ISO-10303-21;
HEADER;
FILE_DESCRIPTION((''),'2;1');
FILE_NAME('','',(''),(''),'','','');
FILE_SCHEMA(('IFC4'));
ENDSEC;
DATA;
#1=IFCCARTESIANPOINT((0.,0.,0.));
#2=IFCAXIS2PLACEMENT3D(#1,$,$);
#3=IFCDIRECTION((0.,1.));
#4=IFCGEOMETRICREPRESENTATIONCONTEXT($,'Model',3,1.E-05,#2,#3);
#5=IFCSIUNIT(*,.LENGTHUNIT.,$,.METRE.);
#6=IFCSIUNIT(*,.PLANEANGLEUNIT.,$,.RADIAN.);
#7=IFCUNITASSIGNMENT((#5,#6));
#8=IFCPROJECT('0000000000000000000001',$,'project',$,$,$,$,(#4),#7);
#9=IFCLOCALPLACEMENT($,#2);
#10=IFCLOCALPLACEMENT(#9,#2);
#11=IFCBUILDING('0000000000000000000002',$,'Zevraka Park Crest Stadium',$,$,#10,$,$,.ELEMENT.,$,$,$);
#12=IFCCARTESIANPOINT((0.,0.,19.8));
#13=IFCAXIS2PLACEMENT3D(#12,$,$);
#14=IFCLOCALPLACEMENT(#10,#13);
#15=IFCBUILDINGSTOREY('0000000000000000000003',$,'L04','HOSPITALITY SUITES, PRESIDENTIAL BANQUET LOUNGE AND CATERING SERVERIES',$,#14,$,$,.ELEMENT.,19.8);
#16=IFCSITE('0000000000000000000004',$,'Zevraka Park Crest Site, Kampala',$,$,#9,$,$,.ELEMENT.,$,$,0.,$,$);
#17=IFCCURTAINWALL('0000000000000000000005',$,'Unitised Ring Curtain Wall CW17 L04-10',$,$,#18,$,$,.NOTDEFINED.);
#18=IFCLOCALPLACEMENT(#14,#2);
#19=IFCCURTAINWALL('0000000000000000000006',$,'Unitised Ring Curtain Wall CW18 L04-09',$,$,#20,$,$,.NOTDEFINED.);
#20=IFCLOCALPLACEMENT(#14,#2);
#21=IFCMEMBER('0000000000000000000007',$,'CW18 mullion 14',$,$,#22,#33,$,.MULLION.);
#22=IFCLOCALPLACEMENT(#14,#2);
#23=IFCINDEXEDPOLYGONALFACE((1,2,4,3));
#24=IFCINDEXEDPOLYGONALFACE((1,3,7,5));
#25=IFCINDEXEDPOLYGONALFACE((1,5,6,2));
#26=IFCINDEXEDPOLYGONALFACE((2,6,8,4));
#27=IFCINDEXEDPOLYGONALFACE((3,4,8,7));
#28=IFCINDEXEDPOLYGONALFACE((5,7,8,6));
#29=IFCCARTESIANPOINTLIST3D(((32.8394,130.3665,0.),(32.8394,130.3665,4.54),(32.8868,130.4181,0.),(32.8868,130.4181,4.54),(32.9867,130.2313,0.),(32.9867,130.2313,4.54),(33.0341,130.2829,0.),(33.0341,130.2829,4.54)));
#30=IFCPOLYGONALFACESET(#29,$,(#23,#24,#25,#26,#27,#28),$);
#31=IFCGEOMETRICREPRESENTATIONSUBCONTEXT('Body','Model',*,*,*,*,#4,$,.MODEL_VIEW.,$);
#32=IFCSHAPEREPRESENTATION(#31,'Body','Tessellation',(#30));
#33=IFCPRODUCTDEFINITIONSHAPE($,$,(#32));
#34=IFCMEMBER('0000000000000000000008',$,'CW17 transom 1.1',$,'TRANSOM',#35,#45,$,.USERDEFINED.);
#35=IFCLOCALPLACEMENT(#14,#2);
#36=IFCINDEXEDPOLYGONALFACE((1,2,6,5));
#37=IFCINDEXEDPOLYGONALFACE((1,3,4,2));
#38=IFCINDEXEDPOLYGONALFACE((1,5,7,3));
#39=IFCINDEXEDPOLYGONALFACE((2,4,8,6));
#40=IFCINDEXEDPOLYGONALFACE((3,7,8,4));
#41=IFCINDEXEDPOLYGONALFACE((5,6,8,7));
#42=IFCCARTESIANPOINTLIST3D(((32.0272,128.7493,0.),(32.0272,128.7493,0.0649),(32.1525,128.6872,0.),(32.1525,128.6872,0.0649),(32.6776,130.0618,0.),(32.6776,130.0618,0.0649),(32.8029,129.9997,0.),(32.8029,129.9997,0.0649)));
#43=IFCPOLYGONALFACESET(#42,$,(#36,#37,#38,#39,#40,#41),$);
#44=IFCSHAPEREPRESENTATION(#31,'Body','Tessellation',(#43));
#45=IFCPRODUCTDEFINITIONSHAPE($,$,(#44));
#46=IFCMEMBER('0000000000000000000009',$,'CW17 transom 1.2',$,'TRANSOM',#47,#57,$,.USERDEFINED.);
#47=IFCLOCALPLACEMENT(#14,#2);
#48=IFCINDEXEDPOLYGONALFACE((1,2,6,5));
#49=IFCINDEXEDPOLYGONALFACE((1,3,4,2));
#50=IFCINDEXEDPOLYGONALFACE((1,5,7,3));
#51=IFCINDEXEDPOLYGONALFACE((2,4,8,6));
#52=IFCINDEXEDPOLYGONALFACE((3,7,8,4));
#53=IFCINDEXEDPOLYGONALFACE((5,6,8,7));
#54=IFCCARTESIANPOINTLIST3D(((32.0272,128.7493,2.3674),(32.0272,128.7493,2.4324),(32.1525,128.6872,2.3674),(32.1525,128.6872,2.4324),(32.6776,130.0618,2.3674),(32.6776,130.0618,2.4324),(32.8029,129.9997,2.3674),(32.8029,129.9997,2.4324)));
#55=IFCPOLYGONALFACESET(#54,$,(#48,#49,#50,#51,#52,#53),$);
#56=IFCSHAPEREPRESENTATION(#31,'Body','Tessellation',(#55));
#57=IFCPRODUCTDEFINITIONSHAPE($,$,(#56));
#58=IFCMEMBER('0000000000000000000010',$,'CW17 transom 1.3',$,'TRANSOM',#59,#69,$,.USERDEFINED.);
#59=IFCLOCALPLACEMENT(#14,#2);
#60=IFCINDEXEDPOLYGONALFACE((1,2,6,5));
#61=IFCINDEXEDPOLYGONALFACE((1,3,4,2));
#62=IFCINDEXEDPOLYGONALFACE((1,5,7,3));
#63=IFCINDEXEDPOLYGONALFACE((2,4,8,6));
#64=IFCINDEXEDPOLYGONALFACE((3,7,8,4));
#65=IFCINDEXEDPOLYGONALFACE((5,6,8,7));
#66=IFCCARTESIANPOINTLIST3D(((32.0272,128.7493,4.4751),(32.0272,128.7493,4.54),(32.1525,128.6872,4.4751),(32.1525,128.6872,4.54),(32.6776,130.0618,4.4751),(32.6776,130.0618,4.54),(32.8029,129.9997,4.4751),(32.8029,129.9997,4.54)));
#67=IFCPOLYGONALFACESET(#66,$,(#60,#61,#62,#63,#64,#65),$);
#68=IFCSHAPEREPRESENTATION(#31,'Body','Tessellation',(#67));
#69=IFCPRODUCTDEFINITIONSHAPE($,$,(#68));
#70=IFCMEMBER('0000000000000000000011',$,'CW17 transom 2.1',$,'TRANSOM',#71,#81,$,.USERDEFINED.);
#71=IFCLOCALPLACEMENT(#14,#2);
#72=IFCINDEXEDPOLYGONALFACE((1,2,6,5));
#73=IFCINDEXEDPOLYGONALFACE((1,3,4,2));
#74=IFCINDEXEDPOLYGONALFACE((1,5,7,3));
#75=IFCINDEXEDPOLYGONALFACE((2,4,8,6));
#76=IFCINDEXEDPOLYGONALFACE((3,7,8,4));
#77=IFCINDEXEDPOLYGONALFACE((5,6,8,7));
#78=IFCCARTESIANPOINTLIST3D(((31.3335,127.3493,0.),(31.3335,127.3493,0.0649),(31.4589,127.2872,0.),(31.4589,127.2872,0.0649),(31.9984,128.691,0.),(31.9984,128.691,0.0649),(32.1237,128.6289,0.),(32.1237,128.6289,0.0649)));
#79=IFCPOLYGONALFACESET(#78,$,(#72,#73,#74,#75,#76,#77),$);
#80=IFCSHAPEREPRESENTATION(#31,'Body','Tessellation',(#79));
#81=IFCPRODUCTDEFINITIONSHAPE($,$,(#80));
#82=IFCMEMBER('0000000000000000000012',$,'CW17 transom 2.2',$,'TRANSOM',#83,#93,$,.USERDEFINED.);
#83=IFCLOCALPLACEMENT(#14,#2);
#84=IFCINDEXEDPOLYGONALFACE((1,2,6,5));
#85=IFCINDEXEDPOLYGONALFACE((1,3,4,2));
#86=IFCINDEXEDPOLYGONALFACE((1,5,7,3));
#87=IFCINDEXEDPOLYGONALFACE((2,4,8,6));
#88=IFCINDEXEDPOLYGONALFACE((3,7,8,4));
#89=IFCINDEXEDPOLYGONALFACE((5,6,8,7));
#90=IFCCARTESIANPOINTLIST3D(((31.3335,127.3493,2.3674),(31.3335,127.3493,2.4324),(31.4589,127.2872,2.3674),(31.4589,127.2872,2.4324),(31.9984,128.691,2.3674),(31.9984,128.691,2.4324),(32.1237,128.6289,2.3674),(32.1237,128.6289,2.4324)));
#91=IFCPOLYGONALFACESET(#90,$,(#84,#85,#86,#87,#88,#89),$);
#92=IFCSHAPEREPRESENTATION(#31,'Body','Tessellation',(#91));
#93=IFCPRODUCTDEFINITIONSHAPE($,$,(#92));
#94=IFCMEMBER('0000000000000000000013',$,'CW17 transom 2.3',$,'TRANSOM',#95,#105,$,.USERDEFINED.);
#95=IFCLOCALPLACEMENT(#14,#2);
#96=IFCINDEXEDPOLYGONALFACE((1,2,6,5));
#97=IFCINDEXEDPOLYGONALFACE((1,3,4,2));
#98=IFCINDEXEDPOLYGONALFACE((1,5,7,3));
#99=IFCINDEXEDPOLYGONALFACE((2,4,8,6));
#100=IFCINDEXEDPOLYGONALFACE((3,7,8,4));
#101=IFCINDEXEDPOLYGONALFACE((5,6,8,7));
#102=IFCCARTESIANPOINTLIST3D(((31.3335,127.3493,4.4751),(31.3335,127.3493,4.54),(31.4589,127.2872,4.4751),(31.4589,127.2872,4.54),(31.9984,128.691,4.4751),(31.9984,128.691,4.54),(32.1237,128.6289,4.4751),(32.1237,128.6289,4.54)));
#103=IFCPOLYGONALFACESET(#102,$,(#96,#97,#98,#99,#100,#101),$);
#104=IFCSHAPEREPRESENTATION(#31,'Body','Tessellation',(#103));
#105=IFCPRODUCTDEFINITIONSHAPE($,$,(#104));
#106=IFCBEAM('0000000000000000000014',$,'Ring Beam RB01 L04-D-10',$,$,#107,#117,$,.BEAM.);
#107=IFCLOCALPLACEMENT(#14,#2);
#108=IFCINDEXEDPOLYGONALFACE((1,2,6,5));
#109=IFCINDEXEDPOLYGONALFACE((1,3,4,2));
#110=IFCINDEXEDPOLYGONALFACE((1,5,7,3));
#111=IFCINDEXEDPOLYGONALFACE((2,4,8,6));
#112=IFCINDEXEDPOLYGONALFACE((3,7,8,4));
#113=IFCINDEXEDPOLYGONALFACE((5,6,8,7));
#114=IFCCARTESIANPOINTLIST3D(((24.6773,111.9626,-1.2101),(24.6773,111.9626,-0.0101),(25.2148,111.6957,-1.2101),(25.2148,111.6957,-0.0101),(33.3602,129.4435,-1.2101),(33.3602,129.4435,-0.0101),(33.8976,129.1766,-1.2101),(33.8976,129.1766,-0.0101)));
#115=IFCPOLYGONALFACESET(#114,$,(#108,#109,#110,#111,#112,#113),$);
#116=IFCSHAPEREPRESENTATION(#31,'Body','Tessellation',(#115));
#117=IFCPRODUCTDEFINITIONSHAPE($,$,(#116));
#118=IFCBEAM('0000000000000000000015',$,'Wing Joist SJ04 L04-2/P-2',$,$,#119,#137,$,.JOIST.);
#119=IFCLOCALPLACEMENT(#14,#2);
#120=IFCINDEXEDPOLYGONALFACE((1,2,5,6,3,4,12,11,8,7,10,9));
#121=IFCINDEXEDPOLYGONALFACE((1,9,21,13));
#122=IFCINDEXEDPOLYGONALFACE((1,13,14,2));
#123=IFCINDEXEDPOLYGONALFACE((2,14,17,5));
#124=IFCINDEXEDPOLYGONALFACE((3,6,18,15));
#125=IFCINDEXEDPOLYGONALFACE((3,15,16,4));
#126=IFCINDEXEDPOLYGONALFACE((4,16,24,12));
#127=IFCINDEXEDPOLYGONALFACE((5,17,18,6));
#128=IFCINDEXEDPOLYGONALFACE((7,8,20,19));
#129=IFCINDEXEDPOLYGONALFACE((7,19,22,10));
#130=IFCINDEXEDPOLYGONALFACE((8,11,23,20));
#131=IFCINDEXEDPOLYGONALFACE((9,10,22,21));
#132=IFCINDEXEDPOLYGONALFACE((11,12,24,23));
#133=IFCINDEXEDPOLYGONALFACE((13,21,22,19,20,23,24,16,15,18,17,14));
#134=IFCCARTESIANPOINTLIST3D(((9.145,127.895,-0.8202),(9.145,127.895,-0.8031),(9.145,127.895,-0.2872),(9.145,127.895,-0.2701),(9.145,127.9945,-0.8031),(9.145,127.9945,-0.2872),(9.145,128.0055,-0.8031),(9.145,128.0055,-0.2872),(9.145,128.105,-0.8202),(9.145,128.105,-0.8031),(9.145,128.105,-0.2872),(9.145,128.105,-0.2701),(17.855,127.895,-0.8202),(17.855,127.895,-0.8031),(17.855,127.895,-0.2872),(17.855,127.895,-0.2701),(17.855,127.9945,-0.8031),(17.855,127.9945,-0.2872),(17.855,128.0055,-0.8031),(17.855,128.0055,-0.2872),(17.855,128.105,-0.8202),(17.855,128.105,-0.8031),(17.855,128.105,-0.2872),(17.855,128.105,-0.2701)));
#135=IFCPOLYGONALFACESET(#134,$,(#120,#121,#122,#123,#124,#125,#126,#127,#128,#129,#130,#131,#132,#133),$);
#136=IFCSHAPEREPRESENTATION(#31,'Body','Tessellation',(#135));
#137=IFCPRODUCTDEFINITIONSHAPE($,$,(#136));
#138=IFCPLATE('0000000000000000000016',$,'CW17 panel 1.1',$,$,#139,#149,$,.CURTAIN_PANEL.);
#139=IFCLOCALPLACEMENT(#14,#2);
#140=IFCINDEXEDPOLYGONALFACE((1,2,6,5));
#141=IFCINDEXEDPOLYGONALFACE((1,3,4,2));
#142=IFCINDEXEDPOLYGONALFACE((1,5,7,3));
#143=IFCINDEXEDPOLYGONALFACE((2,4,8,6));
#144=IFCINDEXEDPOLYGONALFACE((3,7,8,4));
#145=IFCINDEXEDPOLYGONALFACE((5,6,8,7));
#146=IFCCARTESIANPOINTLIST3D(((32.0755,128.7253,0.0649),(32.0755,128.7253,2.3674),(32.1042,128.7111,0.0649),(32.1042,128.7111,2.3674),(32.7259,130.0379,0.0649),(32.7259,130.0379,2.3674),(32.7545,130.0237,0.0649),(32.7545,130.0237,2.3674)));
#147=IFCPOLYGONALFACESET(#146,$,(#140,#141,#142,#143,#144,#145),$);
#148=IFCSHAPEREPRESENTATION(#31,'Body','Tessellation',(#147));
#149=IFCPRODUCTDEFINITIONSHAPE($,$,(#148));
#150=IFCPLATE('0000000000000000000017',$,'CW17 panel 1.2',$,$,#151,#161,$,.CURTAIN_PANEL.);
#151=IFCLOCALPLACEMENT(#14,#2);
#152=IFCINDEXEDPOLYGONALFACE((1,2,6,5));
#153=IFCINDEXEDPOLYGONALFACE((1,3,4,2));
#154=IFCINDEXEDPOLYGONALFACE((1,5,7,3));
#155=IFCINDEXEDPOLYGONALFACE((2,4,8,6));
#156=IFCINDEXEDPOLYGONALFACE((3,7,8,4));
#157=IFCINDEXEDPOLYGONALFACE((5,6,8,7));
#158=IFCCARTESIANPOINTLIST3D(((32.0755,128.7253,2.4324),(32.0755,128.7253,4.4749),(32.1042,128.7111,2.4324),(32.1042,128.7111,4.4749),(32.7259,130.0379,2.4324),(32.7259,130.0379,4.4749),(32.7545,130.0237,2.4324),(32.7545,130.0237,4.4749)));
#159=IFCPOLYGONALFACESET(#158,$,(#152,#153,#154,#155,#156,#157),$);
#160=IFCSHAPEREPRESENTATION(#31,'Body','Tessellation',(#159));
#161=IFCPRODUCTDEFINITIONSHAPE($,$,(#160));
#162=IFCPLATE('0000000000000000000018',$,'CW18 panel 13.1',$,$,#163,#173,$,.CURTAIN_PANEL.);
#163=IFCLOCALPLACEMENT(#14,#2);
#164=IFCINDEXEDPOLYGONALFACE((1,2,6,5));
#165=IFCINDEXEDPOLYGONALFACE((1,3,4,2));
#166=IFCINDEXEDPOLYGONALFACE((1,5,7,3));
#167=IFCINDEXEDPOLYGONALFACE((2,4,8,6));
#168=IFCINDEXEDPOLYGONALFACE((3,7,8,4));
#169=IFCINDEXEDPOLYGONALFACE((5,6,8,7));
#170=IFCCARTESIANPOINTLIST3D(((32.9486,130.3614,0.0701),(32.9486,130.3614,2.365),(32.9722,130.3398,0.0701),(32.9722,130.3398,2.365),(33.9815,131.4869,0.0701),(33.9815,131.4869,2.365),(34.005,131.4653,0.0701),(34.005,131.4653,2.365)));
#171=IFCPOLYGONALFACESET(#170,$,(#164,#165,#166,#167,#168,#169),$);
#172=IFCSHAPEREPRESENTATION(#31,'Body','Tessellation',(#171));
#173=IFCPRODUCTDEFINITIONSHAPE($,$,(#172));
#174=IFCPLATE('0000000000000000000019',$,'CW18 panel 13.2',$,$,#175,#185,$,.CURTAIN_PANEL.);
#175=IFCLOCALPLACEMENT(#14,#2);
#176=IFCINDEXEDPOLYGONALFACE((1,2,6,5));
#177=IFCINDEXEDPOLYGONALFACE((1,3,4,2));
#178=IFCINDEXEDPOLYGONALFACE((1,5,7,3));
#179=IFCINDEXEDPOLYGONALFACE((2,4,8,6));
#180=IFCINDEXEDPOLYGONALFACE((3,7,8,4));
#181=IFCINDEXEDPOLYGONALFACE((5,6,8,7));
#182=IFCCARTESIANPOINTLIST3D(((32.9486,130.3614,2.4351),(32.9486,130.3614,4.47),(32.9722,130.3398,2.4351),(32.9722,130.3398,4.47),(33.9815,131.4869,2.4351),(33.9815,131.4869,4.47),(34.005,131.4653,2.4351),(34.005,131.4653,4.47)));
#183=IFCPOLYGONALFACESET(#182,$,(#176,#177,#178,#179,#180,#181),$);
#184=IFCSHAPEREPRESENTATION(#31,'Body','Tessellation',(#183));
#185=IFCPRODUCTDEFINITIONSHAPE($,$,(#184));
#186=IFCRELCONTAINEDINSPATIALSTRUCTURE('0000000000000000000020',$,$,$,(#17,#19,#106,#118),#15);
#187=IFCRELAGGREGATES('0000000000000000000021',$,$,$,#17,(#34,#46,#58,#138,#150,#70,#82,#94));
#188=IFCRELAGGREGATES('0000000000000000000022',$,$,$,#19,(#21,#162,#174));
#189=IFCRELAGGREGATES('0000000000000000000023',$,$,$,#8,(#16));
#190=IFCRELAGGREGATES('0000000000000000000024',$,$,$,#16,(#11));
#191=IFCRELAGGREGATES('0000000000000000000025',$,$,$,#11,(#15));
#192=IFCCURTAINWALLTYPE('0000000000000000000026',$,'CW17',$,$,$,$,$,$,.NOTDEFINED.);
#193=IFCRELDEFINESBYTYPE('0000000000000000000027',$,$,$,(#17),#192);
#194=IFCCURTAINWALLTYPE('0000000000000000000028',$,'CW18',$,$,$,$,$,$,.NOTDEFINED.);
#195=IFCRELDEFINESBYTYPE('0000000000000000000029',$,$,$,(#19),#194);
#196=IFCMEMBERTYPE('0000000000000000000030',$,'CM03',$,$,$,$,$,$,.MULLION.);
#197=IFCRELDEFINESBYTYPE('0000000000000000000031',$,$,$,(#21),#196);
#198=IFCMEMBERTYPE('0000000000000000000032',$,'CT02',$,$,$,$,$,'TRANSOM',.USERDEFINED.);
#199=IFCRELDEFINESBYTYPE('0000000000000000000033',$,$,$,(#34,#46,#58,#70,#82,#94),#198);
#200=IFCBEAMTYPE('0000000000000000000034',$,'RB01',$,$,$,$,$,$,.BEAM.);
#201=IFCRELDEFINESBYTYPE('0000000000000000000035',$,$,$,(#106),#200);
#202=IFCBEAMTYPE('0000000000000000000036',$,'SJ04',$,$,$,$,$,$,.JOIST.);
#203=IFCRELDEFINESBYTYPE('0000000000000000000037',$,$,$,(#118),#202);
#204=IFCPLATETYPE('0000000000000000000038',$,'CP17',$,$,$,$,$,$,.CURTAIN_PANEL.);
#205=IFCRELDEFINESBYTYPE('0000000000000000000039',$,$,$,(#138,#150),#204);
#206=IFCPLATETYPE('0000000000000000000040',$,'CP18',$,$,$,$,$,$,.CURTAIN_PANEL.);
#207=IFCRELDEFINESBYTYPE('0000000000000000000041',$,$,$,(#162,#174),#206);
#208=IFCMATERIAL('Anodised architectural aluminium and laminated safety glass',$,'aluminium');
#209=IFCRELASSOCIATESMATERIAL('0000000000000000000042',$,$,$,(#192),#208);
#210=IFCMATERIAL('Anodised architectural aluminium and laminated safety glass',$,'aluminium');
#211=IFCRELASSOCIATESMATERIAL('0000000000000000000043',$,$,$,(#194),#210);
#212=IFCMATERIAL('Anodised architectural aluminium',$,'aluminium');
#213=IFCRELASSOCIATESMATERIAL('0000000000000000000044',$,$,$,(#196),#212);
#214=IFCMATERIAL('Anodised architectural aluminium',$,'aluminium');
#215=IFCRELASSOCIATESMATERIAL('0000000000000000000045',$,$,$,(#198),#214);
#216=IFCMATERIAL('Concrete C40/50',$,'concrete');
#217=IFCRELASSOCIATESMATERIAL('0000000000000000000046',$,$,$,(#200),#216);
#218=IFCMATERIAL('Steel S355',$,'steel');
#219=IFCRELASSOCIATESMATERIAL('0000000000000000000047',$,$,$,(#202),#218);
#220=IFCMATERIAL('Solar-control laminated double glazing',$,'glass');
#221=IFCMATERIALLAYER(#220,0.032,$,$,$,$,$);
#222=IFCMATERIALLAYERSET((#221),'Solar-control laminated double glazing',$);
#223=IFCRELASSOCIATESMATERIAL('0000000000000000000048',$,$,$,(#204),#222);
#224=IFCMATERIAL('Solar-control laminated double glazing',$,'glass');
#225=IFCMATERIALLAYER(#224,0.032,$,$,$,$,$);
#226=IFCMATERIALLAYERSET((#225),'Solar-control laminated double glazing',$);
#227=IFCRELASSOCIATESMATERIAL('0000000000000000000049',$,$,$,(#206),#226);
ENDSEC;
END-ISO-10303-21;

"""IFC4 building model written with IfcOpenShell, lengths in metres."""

from ifc_helpers import new_model, si_unit, direction, frame, origin, origin_2d, place, context, subcontext, project, spatial, rectangle, i_section, extrude, material, layer, layer_set, material_profile, profile_set, type_object, element, aggregate, save


model = new_model("IFC4")

# Units and contexts
model_context = context("Model", 3, precision=1e-05, world=origin(), true_north=direction((0.0, 1.0)))
body_context = subcontext(model_context, "Body", "Model", "MODEL_VIEW")
ifc_project = project(units=[si_unit("LENGTHUNIT", "METRE"), si_unit("PLANEANGLEUNIT", "RADIAN")], contexts=[model_context])

# Site, building, storey
site_placement = place(None, origin())
site = spatial("IfcSite", under=ifc_project, at=site_placement, Name="Zevraka Park Crest Site, Kampala", CompositionType="ELEMENT", RefElevation=0.0)
building_placement = place(site_placement, origin())
building = spatial("IfcBuilding", under=site, at=building_placement, Name="Zevraka Park Crest Stadium", CompositionType="ELEMENT")
storey_placement = place(building_placement, frame((0.0, 0.0, 19.8)))
storey = spatial("IfcBuildingStorey", under=building, at=storey_placement, Name="L04", Description="HOSPITALITY SUITES, PRESIDENTIAL BANQUET LOUNGE AND CATERING SERVERIES", CompositionType="ELEMENT", Elevation=19.8)

# Curtain wall
ifc_material_1 = material(Name="Anodised architectural aluminium and laminated safety glass", Category="aluminium")
curtain_wall_type_1 = type_object("IfcCurtainWallType", Name="CW17", PredefinedType="NOTDEFINED", material=ifc_material_1)
curtain_wall_1_placement = place(storey_placement, origin())
curtain_wall_1 = element("IfcCurtainWall", 1, at=curtain_wall_1_placement, inside=storey, type_object=curtain_wall_type_1, Name="Unitised Ring Curtain Wall CW17 L04-10", PredefinedType="NOTDEFINED")

# Curtain wall, member
ifc_material_2 = material(Name="Anodised architectural aluminium and laminated safety glass", Category="aluminium")
curtain_wall_type_2 = type_object("IfcCurtainWallType", Name="CW18", PredefinedType="NOTDEFINED", material=ifc_material_2)
curtain_wall_2_placement = place(storey_placement, origin())
curtain_wall_2 = element("IfcCurtainWall", 2, at=curtain_wall_2_placement, inside=storey, type_object=curtain_wall_type_2, Name="Unitised Ring Curtain Wall CW18 L04-09", PredefinedType="NOTDEFINED")
ifc_material_3 = material(Name="Anodised architectural aluminium", Category="aluminium")
ifc_material_profile_1 = material_profile(ifc_material_3, rectangle(XDim=0.2, YDim=0.0701, at=origin_2d()), Name="ALU MULLION 200x70")
ifc_profile_set_1 = profile_set([ifc_material_profile_1], Name="Anodised architectural aluminium")
member_type_1 = type_object("IfcMemberType", Name="CM03", PredefinedType="MULLION", material=ifc_profile_set_1)
member_1_placement = place(storey_placement, frame((32.9368, 130.3247, 0.0), z_axis=(0.0, 0.0, 1.0), x_axis=(0.736775, -0.676138, 0.0)))
member_1 = element("IfcMember", 3, at=member_1_placement, type_object=member_type_1, Name="CW18 mullion 14", PredefinedType="MULLION", context=body_context, shape_type="SweptSolid", body=[
    extrude(rectangle(XDim=0.2, YDim=0.0701, at=origin_2d()), origin(), (0.0, 0.0, 1.0), 4.54),
])

# Members
ifc_material_4 = material(Name="Anodised architectural aluminium", Category="aluminium")
ifc_material_profile_2 = material_profile(ifc_material_4, rectangle(XDim=0.1399, YDim=0.0649, at=origin_2d()), Name="ALU TRANSOM 140x65")
ifc_profile_set_2 = profile_set([ifc_material_profile_2], Name="Anodised architectural aluminium")
member_type_2 = type_object("IfcMemberType", Name="CT02", ElementType="TRANSOM", PredefinedType="USERDEFINED", material=ifc_profile_set_2)
member_2_placement = place(storey_placement, frame((32.7402, 130.0308, 0.0325), z_axis=(-0.444011, -0.896022, 0.0), x_axis=(0.896022, -0.444011, 0.0)))
member_2 = element("IfcMember", 4, at=member_2_placement, type_object=member_type_2, Name="CW17 transom 1.1", ObjectType="TRANSOM", PredefinedType="USERDEFINED", context=body_context, shape_type="SweptSolid", body=[
    extrude(rectangle(XDim=0.1399, YDim=0.0649, at=origin_2d()), origin(), (0.0, 0.0, 1.0), 1.4648),
])
member_3_placement = place(storey_placement, frame((32.7402, 130.0308, 2.3999), z_axis=(-0.444011, -0.896022, 0.0), x_axis=(0.896022, -0.444011, 0.0)))
member_3 = element("IfcMember", 5, at=member_3_placement, type_object=member_type_2, Name="CW17 transom 1.2", ObjectType="TRANSOM", PredefinedType="USERDEFINED", context=body_context, shape_type="SweptSolid", body=[
    extrude(rectangle(XDim=0.1399, YDim=0.0649, at=origin_2d()), origin(), (0.0, 0.0, 1.0), 1.4648),
])
member_4_placement = place(storey_placement, frame((32.7402, 130.0308, 4.5076), z_axis=(-0.444011, -0.896022, 0.0), x_axis=(0.896022, -0.444011, 0.0)))
member_4 = element("IfcMember", 6, at=member_4_placement, type_object=member_type_2, Name="CW17 transom 1.3", ObjectType="TRANSOM", PredefinedType="USERDEFINED", context=body_context, shape_type="SweptSolid", body=[
    extrude(rectangle(XDim=0.1399, YDim=0.0649, at=origin_2d()), origin(), (0.0, 0.0, 1.0), 1.4648),
])
member_5_placement = place(storey_placement, frame((32.061, 128.6599, 0.0325), z_axis=(-0.444015, -0.896019, 0.0), x_axis=(0.896019, -0.444015, 0.0)))
member_5 = element("IfcMember", 7, at=member_5_placement, type_object=member_type_2, Name="CW17 transom 2.1", ObjectType="TRANSOM", PredefinedType="USERDEFINED", context=body_context, shape_type="SweptSolid", body=[
    extrude(rectangle(XDim=0.1399, YDim=0.0649, at=origin_2d()), origin(), (0.0, 0.0, 1.0), 1.4973),
])
member_6_placement = place(storey_placement, frame((32.061, 128.6599, 2.3999), z_axis=(-0.444015, -0.896019, 0.0), x_axis=(0.896019, -0.444015, 0.0)))
member_6 = element("IfcMember", 8, at=member_6_placement, type_object=member_type_2, Name="CW17 transom 2.2", ObjectType="TRANSOM", PredefinedType="USERDEFINED", context=body_context, shape_type="SweptSolid", body=[
    extrude(rectangle(XDim=0.1399, YDim=0.0649, at=origin_2d()), origin(), (0.0, 0.0, 1.0), 1.4973),
])
member_7_placement = place(storey_placement, frame((32.061, 128.6599, 4.5076), z_axis=(-0.444015, -0.896019, 0.0), x_axis=(0.896019, -0.444015, 0.0)))
member_7 = element("IfcMember", 9, at=member_7_placement, type_object=member_type_2, Name="CW17 transom 2.3", ObjectType="TRANSOM", PredefinedType="USERDEFINED", context=body_context, shape_type="SweptSolid", body=[
    extrude(rectangle(XDim=0.1399, YDim=0.0649, at=origin_2d()), origin(), (0.0, 0.0, 1.0), 1.4973),
])

# Beams
ifc_material_5 = material(Name="Concrete C40/50", Category="concrete")
ifc_material_profile_3 = material_profile(ifc_material_5, rectangle(XDim=0.6001, YDim=1.2, at=origin_2d()), Name="RC 1200x600")
ifc_profile_set_3 = profile_set([ifc_material_profile_3], Name="Concrete C40/50")
beam_type_1 = type_object("IfcBeamType", Name="RB01", PredefinedType="BEAM", material=ifc_profile_set_3)
beam_1_placement = place(storey_placement, frame((33.6289, 129.3101, -0.6101), z_axis=(-0.444851, -0.895605, 0.0), x_axis=(0.895605, -0.444851, 0.0)))
element("IfcBeam", 10, at=beam_1_placement, inside=storey, type_object=beam_type_1, Name="Ring Beam RB01 L04-D-10", PredefinedType="BEAM", context=body_context, shape_type="SweptSolid", body=[
    extrude(rectangle(XDim=0.6001, YDim=1.2, at=origin_2d()), origin(), (0.0, 0.0, 1.0), 19.5186),
])
ifc_material_6 = material(Name="Steel S355", Category="steel")
ifc_material_profile_4 = material_profile(ifc_material_6, i_section(OverallWidth=0.21, OverallDepth=0.55, WebThickness=0.011, FlangeThickness=0.0171, at=origin_2d()), Name="IPE 550")
ifc_profile_set_4 = profile_set([ifc_material_profile_4], Name="Steel S355")
beam_type_2 = type_object("IfcBeamType", Name="SJ04", PredefinedType="JOIST", material=ifc_profile_set_4)
beam_2_placement = place(storey_placement, frame((9.145, 128.0, -0.5452), z_axis=(1.0, 0.0, 0.0), x_axis=(0.0, 1.0, 0.0)))
element("IfcBeam", 11, at=beam_2_placement, inside=storey, type_object=beam_type_2, Name="Wing Joist SJ04 L04-2/P-2", PredefinedType="JOIST", context=body_context, shape_type="SweptSolid", body=[
    extrude(i_section(OverallWidth=0.21, OverallDepth=0.55, WebThickness=0.011, FlangeThickness=0.0171, at=origin_2d()), origin(), (0.0, 0.0, 1.0), 8.71),
])

# Plates
ifc_material_7 = material(Name="Solar-control laminated double glazing", Category="glass")
ifc_layer_1 = layer(ifc_material_7, 0.032)
ifc_layer_set_1 = layer_set([ifc_layer_1], Name="Solar-control laminated double glazing")
plate_type_1 = type_object("IfcPlateType", Name="CP17", PredefinedType="CURTAIN_PANEL", material=ifc_layer_set_1)
plate_1_placement = place(storey_placement, frame((32.415, 129.3745, 0.0649), z_axis=(0.0, 0.0, 1.0), x_axis=(-0.443961, -0.896046, 0.0)))
plate_1 = element("IfcPlate", 12, at=plate_1_placement, type_object=plate_type_1, Name="CW17 panel 1.1", PredefinedType="CURTAIN_PANEL", context=body_context, shape_type="SweptSolid", body=[
    extrude(rectangle(XDim=1.4648, YDim=0.032, at=origin_2d()), origin(), (0.0, 0.0, 1.0), 2.3025),
])
plate_2_placement = place(storey_placement, frame((32.415, 129.3745, 2.4324), z_axis=(0.0, 0.0, 1.0), x_axis=(-0.443961, -0.896046, 0.0)))
plate_2 = element("IfcPlate", 13, at=plate_2_placement, type_object=plate_type_1, Name="CW17 panel 1.2", PredefinedType="CURTAIN_PANEL", context=body_context, shape_type="SweptSolid", body=[
    extrude(rectangle(XDim=1.4648, YDim=0.032, at=origin_2d()), origin(), (0.0, 0.0, 1.0), 2.0425),
])
aggregate(curtain_wall_1, [member_2, member_3, member_4, plate_1, plate_2, member_5, member_6, member_7])
ifc_material_8 = material(Name="Solar-control laminated double glazing", Category="glass")
ifc_layer_2 = layer(ifc_material_8, 0.032)
ifc_layer_set_2 = layer_set([ifc_layer_2], Name="Solar-control laminated double glazing")
plate_type_2 = type_object("IfcPlateType", Name="CP18", PredefinedType="CURTAIN_PANEL", material=ifc_layer_set_2)
plate_3_placement = place(storey_placement, frame((33.4768, 130.9133, 0.0701), z_axis=(0.0, 0.0, 1.0), x_axis=(-0.676138, -0.736775, 0.0)))
plate_3 = element("IfcPlate", 14, at=plate_3_placement, type_object=plate_type_2, Name="CW18 panel 13.1", PredefinedType="CURTAIN_PANEL", context=body_context, shape_type="SweptSolid", body=[
    extrude(rectangle(XDim=1.5276, YDim=0.032, at=origin_2d()), origin(), (0.0, 0.0, 1.0), 2.2949),
])
plate_4_placement = place(storey_placement, frame((33.4768, 130.9133, 2.4351), z_axis=(0.0, 0.0, 1.0), x_axis=(-0.676138, -0.736775, 0.0)))
plate_4 = element("IfcPlate", 15, at=plate_4_placement, type_object=plate_type_2, Name="CW18 panel 13.2", PredefinedType="CURTAIN_PANEL", context=body_context, shape_type="SweptSolid", body=[
    extrude(rectangle(XDim=1.5276, YDim=0.032, at=origin_2d()), origin(), (0.0, 0.0, 1.0), 2.0349),
])
aggregate(curtain_wall_2, [member_1, plate_3, plate_4])

save(model, "model.ifc")
